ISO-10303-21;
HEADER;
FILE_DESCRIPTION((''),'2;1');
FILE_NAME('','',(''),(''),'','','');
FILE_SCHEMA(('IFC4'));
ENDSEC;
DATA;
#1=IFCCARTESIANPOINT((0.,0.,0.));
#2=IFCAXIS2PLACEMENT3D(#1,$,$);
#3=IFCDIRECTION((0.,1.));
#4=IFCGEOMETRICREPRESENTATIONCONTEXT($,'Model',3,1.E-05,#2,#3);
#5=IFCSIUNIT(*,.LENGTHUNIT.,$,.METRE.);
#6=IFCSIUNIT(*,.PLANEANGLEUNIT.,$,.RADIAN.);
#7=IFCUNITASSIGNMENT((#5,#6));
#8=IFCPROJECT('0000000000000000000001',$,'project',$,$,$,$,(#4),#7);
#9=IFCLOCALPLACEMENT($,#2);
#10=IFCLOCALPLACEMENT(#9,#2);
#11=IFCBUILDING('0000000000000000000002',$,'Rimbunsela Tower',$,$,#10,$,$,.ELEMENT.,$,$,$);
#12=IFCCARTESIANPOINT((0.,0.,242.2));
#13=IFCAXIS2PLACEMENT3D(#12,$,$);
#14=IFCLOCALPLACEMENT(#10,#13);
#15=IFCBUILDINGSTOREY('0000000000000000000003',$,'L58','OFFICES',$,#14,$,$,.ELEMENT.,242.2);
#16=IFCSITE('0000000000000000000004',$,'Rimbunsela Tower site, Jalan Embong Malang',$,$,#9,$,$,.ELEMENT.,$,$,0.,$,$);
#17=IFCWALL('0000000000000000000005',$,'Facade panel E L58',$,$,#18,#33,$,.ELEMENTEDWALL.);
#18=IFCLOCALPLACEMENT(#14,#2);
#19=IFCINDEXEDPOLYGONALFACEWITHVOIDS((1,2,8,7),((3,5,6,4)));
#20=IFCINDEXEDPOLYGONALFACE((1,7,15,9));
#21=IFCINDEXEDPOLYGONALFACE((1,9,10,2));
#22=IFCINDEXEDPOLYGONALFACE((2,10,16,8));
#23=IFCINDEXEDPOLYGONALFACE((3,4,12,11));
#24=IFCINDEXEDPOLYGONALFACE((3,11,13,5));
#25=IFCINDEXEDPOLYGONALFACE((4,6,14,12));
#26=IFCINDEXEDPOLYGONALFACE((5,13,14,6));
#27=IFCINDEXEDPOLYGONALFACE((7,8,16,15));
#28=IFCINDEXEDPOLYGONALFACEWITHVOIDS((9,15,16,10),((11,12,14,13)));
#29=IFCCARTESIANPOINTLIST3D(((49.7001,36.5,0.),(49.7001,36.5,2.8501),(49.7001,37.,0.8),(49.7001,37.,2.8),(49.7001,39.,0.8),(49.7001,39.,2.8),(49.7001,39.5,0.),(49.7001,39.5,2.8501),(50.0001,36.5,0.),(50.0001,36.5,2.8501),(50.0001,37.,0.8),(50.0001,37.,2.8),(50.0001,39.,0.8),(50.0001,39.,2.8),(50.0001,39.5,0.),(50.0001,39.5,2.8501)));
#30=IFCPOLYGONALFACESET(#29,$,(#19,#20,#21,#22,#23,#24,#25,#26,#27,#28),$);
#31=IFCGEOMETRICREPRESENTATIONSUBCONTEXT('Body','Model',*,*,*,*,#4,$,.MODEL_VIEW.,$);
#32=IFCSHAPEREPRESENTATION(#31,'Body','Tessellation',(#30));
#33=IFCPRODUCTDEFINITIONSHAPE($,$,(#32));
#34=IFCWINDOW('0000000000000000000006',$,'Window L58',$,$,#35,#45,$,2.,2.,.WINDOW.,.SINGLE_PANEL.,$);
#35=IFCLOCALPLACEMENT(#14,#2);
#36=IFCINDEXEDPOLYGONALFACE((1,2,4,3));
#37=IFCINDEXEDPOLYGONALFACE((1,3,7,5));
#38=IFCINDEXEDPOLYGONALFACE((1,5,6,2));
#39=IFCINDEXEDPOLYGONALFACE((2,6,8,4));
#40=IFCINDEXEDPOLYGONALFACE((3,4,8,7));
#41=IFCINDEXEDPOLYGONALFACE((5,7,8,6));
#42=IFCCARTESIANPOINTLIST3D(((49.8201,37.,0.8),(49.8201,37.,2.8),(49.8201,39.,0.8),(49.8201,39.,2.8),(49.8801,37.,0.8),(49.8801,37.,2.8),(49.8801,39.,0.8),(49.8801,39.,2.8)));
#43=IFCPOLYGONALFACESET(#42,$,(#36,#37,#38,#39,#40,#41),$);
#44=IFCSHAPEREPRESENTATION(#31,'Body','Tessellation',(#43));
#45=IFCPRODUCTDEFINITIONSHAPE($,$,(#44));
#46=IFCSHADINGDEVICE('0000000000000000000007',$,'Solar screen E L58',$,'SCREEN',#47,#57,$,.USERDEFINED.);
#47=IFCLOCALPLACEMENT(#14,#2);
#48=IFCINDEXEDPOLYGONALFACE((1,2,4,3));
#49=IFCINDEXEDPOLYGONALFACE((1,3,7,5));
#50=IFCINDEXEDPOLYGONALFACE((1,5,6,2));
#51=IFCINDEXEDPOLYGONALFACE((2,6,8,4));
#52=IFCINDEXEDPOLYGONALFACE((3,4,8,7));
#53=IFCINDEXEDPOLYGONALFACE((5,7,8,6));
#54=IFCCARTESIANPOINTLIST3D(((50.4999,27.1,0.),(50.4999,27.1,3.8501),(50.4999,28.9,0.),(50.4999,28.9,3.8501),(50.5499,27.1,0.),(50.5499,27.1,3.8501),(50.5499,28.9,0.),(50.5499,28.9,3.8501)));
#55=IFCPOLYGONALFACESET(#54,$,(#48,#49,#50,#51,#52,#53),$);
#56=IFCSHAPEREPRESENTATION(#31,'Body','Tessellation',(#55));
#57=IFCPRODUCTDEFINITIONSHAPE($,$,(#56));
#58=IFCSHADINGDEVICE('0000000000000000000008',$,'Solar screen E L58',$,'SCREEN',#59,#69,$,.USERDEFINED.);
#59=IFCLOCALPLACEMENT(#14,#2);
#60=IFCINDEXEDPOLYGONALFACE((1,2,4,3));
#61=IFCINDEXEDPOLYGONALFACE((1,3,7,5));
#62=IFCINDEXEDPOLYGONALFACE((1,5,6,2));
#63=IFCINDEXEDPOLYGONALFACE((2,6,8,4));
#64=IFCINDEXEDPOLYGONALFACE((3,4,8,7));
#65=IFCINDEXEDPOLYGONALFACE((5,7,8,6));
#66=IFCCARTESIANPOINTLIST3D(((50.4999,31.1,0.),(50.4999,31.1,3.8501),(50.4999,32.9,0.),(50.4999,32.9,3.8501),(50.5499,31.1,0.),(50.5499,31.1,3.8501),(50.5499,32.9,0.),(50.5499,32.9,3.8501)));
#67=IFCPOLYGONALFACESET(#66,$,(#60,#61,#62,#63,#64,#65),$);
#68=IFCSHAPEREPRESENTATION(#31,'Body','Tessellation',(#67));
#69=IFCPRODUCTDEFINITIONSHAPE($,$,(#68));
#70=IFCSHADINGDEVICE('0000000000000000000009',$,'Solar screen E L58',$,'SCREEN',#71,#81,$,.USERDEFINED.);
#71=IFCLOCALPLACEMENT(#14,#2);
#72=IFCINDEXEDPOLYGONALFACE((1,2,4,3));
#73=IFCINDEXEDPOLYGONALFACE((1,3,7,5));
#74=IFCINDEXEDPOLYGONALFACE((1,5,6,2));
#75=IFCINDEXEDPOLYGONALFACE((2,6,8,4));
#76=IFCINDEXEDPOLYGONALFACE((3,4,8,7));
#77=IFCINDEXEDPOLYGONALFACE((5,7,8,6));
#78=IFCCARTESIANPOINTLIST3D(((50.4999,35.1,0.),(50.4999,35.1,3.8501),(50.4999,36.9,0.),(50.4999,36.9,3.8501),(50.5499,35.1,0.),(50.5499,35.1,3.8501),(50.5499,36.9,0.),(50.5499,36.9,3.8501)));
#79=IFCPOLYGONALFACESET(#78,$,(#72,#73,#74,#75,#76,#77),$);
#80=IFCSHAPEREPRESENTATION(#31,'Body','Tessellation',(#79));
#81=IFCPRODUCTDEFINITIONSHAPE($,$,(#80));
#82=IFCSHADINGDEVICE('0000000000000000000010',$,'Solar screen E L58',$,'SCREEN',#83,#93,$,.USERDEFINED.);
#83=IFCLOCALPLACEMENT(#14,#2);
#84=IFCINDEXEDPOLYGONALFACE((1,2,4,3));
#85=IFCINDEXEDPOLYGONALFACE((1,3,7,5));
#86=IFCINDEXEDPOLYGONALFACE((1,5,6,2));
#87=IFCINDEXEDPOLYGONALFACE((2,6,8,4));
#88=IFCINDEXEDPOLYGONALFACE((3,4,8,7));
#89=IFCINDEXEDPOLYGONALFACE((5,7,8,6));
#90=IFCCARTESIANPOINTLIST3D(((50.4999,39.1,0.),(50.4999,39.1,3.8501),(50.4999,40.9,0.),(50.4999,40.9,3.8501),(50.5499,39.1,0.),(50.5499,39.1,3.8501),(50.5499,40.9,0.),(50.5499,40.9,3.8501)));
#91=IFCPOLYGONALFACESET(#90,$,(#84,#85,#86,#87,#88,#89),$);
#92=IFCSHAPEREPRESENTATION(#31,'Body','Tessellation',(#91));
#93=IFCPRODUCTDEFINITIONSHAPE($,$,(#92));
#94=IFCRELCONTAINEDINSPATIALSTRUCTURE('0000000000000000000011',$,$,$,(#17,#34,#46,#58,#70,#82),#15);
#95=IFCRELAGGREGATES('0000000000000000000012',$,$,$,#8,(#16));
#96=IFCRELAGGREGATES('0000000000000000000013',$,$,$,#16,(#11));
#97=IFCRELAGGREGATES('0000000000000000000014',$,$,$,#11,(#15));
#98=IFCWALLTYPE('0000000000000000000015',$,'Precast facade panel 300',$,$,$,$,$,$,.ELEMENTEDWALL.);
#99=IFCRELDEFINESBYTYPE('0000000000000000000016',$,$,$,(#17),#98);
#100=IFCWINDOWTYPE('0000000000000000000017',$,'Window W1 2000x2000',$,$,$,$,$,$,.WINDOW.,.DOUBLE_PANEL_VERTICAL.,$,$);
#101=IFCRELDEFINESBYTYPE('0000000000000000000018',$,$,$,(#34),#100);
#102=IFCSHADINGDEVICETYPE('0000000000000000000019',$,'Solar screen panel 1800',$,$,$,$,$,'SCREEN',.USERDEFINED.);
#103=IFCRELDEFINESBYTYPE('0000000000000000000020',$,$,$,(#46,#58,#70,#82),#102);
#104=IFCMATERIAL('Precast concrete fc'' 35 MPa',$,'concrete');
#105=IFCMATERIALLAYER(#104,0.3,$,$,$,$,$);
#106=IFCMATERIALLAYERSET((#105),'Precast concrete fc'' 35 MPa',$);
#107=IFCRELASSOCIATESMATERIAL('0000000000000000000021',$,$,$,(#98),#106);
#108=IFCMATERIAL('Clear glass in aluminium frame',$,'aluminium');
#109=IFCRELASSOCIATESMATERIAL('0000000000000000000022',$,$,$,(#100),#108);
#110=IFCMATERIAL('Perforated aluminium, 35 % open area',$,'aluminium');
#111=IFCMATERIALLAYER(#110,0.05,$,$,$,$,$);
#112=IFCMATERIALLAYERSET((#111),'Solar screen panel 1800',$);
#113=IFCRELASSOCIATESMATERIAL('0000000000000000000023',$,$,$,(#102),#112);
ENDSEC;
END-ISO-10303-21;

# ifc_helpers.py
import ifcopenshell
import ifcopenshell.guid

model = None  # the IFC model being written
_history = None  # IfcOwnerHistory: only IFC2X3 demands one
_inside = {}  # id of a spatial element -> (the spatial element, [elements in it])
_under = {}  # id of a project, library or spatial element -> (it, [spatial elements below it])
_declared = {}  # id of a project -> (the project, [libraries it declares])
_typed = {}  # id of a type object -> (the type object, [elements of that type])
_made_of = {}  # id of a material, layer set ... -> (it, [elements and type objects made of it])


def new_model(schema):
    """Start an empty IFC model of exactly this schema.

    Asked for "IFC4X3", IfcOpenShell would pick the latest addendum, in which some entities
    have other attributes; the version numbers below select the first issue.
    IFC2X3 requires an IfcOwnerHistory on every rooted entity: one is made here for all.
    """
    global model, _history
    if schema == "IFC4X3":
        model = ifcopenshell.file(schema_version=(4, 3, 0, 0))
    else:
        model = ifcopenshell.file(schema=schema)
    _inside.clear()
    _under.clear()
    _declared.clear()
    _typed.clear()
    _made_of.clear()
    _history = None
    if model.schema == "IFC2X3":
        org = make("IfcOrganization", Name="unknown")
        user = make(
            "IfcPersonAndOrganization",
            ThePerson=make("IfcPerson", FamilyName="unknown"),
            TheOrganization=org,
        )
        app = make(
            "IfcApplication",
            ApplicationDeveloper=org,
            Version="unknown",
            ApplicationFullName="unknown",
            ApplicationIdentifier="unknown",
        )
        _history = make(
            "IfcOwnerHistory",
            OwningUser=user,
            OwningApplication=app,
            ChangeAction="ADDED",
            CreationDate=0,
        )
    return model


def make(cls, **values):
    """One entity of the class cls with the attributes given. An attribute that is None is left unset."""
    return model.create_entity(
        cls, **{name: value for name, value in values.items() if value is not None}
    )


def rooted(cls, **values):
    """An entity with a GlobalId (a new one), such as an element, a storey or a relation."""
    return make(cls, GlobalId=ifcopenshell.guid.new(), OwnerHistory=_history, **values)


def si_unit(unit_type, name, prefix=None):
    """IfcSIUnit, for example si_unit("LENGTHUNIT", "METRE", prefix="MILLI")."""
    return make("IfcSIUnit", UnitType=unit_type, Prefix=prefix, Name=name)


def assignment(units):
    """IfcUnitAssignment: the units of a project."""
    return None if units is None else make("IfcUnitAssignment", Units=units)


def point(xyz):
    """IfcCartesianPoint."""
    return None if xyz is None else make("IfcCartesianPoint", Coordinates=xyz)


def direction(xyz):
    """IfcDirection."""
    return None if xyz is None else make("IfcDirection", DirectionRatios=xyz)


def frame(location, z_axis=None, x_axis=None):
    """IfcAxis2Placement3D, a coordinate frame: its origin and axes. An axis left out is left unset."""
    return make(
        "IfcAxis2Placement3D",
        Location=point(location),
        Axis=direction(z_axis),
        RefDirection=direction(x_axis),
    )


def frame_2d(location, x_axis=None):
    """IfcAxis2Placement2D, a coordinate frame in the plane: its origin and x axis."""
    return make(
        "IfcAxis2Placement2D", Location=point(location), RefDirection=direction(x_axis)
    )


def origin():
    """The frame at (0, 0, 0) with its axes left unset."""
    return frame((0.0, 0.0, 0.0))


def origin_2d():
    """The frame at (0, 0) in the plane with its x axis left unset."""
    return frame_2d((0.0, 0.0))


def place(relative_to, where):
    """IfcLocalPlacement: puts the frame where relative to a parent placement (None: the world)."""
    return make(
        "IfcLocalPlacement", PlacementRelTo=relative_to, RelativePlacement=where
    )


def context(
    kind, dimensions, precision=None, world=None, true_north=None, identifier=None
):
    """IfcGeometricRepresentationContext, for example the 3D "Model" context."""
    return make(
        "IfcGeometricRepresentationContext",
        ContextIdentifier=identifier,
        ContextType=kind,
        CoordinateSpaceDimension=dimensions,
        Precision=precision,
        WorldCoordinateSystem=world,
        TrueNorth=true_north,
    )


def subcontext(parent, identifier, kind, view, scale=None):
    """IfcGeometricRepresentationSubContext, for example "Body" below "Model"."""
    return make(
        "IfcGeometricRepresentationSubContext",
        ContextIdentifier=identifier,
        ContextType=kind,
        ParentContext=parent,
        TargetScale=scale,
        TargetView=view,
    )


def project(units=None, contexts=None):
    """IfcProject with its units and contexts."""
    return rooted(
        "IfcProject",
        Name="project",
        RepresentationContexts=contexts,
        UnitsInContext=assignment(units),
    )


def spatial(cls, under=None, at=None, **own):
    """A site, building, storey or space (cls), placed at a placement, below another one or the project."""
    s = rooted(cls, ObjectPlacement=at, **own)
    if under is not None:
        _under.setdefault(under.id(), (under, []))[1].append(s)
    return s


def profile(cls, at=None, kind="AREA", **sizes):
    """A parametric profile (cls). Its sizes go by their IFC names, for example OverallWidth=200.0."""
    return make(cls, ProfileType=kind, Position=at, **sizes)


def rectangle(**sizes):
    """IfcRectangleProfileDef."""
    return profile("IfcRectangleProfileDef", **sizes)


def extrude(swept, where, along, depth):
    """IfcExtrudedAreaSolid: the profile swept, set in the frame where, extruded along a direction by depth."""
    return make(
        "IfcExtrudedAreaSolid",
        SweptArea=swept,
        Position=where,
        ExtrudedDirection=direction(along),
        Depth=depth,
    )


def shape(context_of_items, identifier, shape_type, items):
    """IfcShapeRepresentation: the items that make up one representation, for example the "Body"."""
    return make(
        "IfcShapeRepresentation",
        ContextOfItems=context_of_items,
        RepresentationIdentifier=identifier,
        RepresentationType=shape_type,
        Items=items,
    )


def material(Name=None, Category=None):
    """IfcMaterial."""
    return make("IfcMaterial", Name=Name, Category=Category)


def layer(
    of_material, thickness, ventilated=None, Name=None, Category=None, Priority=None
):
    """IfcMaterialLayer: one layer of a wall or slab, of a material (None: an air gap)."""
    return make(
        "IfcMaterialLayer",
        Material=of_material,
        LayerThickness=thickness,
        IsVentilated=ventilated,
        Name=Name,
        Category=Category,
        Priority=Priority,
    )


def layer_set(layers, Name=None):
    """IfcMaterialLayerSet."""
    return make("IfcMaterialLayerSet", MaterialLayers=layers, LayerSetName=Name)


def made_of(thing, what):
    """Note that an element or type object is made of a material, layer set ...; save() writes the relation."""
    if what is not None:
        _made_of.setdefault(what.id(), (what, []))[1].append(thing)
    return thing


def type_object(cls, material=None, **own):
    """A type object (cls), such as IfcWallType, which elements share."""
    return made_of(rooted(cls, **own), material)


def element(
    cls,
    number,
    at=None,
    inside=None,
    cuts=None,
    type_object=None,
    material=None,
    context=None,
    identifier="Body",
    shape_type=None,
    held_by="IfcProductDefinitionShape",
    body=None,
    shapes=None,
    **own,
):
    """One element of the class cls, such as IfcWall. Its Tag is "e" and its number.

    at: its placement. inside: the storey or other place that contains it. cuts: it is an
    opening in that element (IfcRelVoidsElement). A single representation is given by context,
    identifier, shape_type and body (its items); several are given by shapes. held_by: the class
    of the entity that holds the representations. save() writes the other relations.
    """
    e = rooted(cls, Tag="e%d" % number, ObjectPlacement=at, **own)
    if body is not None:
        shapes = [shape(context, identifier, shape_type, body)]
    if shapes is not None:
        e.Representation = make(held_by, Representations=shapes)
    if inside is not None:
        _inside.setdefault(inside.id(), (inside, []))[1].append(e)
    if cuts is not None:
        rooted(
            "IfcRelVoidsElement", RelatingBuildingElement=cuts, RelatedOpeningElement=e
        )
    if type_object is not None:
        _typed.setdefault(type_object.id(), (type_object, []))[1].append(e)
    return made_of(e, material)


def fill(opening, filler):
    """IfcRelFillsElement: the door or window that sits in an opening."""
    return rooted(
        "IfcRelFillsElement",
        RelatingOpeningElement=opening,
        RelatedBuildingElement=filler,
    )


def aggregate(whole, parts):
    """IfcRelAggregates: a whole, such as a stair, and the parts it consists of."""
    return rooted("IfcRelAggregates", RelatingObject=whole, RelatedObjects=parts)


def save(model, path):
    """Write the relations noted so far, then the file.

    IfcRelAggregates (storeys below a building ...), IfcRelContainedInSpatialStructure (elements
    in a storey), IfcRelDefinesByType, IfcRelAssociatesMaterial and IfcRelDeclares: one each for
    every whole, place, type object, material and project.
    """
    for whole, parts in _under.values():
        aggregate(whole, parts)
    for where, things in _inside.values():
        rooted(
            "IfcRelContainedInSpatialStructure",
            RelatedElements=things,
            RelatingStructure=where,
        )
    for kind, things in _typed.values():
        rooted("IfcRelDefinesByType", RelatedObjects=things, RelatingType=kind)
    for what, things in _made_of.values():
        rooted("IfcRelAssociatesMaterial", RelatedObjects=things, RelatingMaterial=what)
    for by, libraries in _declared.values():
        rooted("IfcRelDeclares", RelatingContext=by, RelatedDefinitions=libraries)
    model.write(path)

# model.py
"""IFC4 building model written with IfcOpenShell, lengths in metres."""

from ifc_helpers import new_model, si_unit, direction, frame, frame_2d, origin, origin_2d, place, context, subcontext, project, spatial, rectangle, extrude, material, layer, layer_set, type_object, element, fill, save


model = new_model("IFC4")

# Units and contexts
model_context = context("Model", 3, precision=1e-05, world=origin(), true_north=direction((0.0, 1.0)))
body_context = subcontext(model_context, "Body", "Model", "MODEL_VIEW")
ifc_project = project(units=[si_unit("LENGTHUNIT", "METRE"), si_unit("PLANEANGLEUNIT", "RADIAN")], contexts=[model_context])

# Site, building, storey
site_placement = place(None, origin())
site = spatial("IfcSite", under=ifc_project, at=site_placement, Name="Rimbunsela Tower site, Jalan Embong Malang", CompositionType="ELEMENT", RefElevation=0.0)
building_placement = place(site_placement, origin())
building = spatial("IfcBuilding", under=site, at=building_placement, Name="Rimbunsela Tower", CompositionType="ELEMENT")
storey_placement = place(building_placement, frame((0.0, 0.0, 242.2)))
storey = spatial("IfcBuildingStorey", under=building, at=storey_placement, Name="L58", Description="OFFICES", CompositionType="ELEMENT", Elevation=242.2)

# Wall, opening, window
ifc_material_1 = material(Name="Precast concrete fc' 35 MPa", Category="concrete")
ifc_layer_1 = layer(ifc_material_1, 0.3)
ifc_layer_set_1 = layer_set([ifc_layer_1], Name="Precast concrete fc' 35 MPa")
wall_type_1 = type_object("IfcWallType", Name="Precast facade panel 300", PredefinedType="ELEMENTEDWALL", material=ifc_layer_set_1)
ifc_material_2 = material(Name="Clear glass in aluminium frame", Category="aluminium")
window_type = type_object("IfcWindowType", Name="Window W1 2000x2000", PartitioningType="DOUBLE_PANEL_VERTICAL", PredefinedType="WINDOW", material=ifc_material_2)
wall_1_placement = place(storey_placement, frame((49.8501, 36.5, 0.0), z_axis=(0.0, 0.0, 1.0), x_axis=(0.0, 1.0, 0.0)))
wall_1 = element("IfcWall", 1, at=wall_1_placement, inside=storey, type_object=wall_type_1, Name="Facade panel E L58", PredefinedType="ELEMENTEDWALL", context=body_context, shape_type="SweptSolid", body=[
    extrude(rectangle(XDim=3.0, YDim=0.3, at=frame_2d((1.5, 0.0))), origin(), (0.0, 0.0, 1.0), 2.8501),
])
opening_1_placement = place(wall_1_placement, frame((0.5, 0.0, 0.8)))
opening_1 = element("IfcOpeningElement", 2, at=opening_1_placement, cuts=wall_1, PredefinedType="OPENING", context=body_context, shape_type="SweptSolid", body=[
    extrude(rectangle(XDim=2.0, YDim=2.0, at=frame_2d((1.0, 1.0))), frame((0.0, 0.1599, 0.0), z_axis=(0.0, -1.0, 0.0), x_axis=(1.0, 0.0, 0.0)), (0.0, 0.0, 1.0), 0.3201),
])
window_1_placement = place(opening_1_placement, origin())
window_1 = element("IfcWindow", 3, at=window_1_placement, inside=storey, type_object=window_type, Name="Window L58", OverallHeight=2.0, OverallWidth=2.0, PartitioningType="SINGLE_PANEL", PredefinedType="WINDOW", context=body_context, shape_type="SweptSolid", body=[
    extrude(rectangle(XDim=2.0, YDim=2.0, at=frame_2d((1.0, 1.0))), frame((0.0, 0.03, 0.0), z_axis=(0.0, -1.0, 0.0), x_axis=(1.0, 0.0, 0.0)), (0.0, 0.0, 1.0), 0.0601),
])
fill(opening_1, window_1)

# Shading devices
ifc_material_3 = material(Name="Perforated aluminium, 35 % open area", Category="aluminium")
ifc_layer_2 = layer(ifc_material_3, 0.05)
ifc_layer_set_2 = layer_set([ifc_layer_2], Name="Solar screen panel 1800")
shading_device_type = type_object("IfcShadingDeviceType", Name="Solar screen panel 1800", ElementType="SCREEN", PredefinedType="USERDEFINED", material=ifc_layer_set_2)
for number, where, z_axis, x_axis, name in (
    (4, (50.5249, 28.0, 0.0), (0.0, 0.0, 1.0), (0.0, 1.0, 0.0), "Solar screen E L58"),
    (5, (50.5249, 32.0, 0.0), (0.0, 0.0, 1.0), (0.0, 1.0, 0.0), "Solar screen E L58"),
    (6, (50.5249, 36.0, 0.0), (0.0, 0.0, 1.0), (0.0, 1.0, 0.0), "Solar screen E L58"),
    (7, (50.5249, 40.0, 0.0), (0.0, 0.0, 1.0), (0.0, 1.0, 0.0), "Solar screen E L58"),
):
    element("IfcShadingDevice", number, at=place(storey_placement, frame(where, z_axis=z_axis, x_axis=x_axis)), inside=storey, type_object=shading_device_type, Name=name, ObjectType="SCREEN", PredefinedType="USERDEFINED", context=body_context, shape_type="SweptSolid", body=[
        extrude(rectangle(XDim=1.8, YDim=0.05, at=origin_2d()), origin(), (0.0, 0.0, 1.0), 3.8501),
    ])

save(model, "model.ifc")
